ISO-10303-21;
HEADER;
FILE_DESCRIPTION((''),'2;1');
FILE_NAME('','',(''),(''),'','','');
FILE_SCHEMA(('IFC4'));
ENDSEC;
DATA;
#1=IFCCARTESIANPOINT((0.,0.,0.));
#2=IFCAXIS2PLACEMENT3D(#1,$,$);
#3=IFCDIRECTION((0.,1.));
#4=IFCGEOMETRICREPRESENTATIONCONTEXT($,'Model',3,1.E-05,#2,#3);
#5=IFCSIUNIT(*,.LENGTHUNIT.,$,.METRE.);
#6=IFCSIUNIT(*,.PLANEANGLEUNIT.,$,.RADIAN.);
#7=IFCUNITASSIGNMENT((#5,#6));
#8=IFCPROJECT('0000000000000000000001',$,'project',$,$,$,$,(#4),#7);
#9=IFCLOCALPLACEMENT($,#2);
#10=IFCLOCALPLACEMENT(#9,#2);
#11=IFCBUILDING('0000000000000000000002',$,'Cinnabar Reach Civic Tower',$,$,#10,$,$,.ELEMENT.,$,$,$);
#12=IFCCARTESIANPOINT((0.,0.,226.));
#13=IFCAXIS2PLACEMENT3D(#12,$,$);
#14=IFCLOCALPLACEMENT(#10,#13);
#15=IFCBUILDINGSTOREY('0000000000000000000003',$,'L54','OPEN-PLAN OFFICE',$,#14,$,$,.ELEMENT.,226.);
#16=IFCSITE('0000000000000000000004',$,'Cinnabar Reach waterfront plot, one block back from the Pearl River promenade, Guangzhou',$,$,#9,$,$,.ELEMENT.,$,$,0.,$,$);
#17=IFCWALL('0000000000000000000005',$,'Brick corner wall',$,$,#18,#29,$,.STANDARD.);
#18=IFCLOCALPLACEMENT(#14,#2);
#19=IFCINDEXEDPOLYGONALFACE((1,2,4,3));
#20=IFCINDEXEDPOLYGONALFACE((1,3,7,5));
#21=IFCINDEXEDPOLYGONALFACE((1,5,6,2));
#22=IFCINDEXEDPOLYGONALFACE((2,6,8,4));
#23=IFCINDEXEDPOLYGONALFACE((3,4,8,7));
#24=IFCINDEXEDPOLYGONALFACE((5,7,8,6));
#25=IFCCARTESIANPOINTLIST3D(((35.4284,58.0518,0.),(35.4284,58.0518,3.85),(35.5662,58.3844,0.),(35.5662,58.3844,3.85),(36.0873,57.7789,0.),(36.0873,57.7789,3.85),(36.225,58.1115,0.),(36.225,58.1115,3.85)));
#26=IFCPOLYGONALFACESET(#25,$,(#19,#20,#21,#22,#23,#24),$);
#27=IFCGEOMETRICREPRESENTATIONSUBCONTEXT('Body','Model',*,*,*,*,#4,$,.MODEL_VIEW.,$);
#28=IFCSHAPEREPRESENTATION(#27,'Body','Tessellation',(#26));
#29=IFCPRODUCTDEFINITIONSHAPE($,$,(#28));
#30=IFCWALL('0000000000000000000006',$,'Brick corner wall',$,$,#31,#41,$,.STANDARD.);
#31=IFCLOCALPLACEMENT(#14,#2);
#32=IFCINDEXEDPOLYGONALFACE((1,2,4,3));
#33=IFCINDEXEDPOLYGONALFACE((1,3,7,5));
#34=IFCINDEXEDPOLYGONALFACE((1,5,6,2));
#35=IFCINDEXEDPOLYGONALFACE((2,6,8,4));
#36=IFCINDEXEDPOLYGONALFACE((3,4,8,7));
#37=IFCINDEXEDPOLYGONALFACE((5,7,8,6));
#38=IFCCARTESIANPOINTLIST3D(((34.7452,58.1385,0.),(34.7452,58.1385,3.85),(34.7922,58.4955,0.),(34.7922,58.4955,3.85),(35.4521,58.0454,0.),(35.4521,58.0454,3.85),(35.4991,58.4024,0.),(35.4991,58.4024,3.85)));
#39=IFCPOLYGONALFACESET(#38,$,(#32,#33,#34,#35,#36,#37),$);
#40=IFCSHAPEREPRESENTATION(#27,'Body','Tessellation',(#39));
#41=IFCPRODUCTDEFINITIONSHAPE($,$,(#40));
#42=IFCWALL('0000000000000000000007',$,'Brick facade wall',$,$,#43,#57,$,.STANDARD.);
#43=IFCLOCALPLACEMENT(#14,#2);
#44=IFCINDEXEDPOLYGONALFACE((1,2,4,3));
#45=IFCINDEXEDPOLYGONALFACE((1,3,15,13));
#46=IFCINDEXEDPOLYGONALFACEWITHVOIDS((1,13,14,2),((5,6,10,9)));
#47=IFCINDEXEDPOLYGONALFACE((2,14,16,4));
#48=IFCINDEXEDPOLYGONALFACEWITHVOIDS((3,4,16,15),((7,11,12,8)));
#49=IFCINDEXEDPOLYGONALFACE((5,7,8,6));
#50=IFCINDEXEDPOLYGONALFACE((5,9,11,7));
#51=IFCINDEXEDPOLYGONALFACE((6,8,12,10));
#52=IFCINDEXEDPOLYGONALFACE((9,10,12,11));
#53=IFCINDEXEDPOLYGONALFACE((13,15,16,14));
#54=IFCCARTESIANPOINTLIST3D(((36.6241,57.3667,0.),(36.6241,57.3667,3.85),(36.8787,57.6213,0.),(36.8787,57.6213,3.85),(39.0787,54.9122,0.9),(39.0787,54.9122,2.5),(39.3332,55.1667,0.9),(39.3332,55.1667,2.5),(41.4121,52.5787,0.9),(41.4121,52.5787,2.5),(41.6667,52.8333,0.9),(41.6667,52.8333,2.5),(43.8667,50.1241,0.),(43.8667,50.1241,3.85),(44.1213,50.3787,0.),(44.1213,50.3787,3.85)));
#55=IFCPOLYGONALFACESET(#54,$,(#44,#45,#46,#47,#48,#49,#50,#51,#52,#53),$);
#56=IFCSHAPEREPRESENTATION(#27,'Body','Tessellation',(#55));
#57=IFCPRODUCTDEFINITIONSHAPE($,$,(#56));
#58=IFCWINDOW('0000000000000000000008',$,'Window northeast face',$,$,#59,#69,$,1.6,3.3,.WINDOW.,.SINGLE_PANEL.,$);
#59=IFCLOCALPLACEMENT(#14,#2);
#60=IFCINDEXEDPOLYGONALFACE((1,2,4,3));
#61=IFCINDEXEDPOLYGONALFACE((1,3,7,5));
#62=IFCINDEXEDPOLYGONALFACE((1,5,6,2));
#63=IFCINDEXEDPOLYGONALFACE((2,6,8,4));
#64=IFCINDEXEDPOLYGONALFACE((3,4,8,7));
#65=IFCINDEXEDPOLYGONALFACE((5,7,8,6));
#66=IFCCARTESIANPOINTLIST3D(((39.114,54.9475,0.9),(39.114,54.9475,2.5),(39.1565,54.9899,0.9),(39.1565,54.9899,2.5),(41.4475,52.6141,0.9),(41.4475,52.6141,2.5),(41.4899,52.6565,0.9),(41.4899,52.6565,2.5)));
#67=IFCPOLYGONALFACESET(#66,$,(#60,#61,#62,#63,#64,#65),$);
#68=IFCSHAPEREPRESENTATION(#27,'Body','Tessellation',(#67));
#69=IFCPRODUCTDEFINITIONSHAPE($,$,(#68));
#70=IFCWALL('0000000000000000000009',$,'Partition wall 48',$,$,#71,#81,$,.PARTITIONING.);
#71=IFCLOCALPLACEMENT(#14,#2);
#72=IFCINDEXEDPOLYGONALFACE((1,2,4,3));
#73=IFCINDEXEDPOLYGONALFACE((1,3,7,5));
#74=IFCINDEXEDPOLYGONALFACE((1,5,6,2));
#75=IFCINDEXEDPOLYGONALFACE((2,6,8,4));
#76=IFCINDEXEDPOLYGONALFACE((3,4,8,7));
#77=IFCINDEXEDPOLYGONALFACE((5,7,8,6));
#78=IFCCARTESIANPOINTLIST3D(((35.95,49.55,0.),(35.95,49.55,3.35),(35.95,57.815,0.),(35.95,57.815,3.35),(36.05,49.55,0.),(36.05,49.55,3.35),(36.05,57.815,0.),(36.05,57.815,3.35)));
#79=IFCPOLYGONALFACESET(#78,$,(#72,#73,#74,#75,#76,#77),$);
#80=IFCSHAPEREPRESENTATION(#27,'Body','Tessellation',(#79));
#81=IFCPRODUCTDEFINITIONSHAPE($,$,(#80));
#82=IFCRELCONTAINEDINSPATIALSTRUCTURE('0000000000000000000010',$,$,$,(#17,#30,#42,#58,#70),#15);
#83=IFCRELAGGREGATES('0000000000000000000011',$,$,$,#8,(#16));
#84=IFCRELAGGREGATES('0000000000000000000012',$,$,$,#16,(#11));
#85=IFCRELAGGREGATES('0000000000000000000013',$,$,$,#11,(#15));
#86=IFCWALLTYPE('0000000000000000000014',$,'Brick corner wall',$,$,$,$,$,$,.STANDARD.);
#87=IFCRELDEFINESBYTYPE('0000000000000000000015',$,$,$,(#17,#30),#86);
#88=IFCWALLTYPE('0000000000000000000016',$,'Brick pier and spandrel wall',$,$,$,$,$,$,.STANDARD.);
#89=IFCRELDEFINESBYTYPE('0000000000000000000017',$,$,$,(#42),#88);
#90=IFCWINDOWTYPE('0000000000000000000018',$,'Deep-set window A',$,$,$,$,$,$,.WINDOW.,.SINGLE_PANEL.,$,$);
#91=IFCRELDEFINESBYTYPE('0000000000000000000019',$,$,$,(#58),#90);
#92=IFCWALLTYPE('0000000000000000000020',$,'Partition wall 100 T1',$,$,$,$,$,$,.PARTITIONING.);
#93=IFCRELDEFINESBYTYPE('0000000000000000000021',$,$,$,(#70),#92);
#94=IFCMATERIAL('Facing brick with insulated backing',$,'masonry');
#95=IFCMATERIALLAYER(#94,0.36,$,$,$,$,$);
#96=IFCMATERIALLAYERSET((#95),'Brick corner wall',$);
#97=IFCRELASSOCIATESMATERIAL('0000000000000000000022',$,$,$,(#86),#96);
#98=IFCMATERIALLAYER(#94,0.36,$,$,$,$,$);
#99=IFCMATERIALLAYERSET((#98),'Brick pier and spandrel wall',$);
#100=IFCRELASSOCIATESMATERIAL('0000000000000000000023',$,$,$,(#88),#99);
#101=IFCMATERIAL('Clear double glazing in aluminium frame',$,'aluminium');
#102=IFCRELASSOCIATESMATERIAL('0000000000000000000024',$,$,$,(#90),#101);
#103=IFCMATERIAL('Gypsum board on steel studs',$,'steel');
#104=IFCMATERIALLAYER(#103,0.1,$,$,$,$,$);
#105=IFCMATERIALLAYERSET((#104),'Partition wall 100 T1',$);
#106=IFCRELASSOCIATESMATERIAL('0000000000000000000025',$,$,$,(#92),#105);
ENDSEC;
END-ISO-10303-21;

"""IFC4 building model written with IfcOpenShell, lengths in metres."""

from ifc_helpers import new_model, si_unit, direction, frame, frame_2d, origin, place, context, subcontext, project, spatial, rectangle, extrude, material, layer, layer_set, type_object, element, fill, save


model = new_model("IFC4")

# Units and contexts
model_context = context("Model", 3, precision=1e-05, world=origin(), true_north=direction((0.0, 1.0)))
body_context = subcontext(model_context, "Body", "Model", "MODEL_VIEW")
ifc_project = project(units=[si_unit("LENGTHUNIT", "METRE"), si_unit("PLANEANGLEUNIT", "RADIAN")], contexts=[model_context])

# Site, building, storey
site_placement = place(None, origin())
site = spatial("IfcSite", under=ifc_project, at=site_placement, Name="Cinnabar Reach waterfront plot, one block back from the Pearl River promenade, Guangzhou", CompositionType="ELEMENT", RefElevation=0.0)
building_placement = place(site_placement, origin())
building = spatial("IfcBuilding", under=site, at=building_placement, Name="Cinnabar Reach Civic Tower", CompositionType="ELEMENT")
storey_placement = place(building_placement, frame((0.0, 0.0, 226.0)))
storey = spatial("IfcBuildingStorey", under=building, at=storey_placement, Name="L54", Description="OPEN-PLAN OFFICE", CompositionType="ELEMENT", Elevation=226.0)

# Walls
ifc_material_1 = material(Name="Facing brick with insulated backing", Category="masonry")
ifc_layer_1 = layer(ifc_material_1, 0.36)
ifc_layer_set_1 = layer_set([ifc_layer_1], Name="Brick corner wall")
wall_type_1 = type_object("IfcWallType", Name="Brick corner wall", PredefinedType="STANDARD", material=ifc_layer_set_1)
for number, where, z_axis, x_axis, name in (
    (1, (36.1561, 57.9452, 0.0), (0.0, 0.0, 1.0), (-0.923872, 0.382703, 0.0), "Brick corner wall"),
    (2, (35.4756, 58.2239, 0.0), (0.0, 0.0, 1.0), (-0.991441, 0.130556, 0.0), "Brick corner wall"),
):
    element("IfcWall", number, at=place(storey_placement, frame(where, z_axis=z_axis, x_axis=x_axis)), inside=storey, type_object=wall_type_1, Name=name, PredefinedType="STANDARD", context=body_context, shape_type="SweptSolid", body=[
        extrude(rectangle(XDim=0.7131, YDim=0.36, at=frame_2d((0.3565, 0.0))), origin(), (0.0, 0.0, 1.0), 3.85),
    ])

# Wall, opening, window
ifc_layer_2 = layer(ifc_material_1, 0.36)
ifc_layer_set_2 = layer_set([ifc_layer_2], Name="Brick pier and spandrel wall")
wall_type_2 = type_object("IfcWallType", Name="Brick pier and spandrel wall", PredefinedType="STANDARD", material=ifc_layer_set_2)
wall_1_placement = place(storey_placement, frame((43.994, 50.2514, 0.0), z_axis=(0.0, 0.0, 1.0), x_axis=(-0.707107, 0.707107, 0.0)))
wall_1 = element("IfcWall", 3, at=wall_1_placement, inside=storey, type_object=wall_type_2, Name="Brick facade wall", PredefinedType="STANDARD", context=body_context, shape_type="SweptSolid", body=[
    extrude(rectangle(XDim=10.2426, YDim=0.36, at=frame_2d((5.1213, 0.0))), origin(), (0.0, 0.0, 1.0), 3.85),
])
opening_placement = place(wall_1_placement, frame((3.4713, 0.0, 0.9)))
opening = element("IfcOpeningElement", 4, at=opening_placement, cuts=wall_1, PredefinedType="OPENING", context=body_context, shape_type="SweptSolid", body=[
    extrude(rectangle(XDim=3.3, YDim=1.6, at=frame_2d((1.65, 0.8))), frame((0.0, 0.19, 0.0), z_axis=(0.0, -1.0, 0.0), x_axis=(1.0, 0.0, 0.0)), (0.0, 0.0, 1.0), 0.38),
])
ifc_material_2 = material(Name="Clear double glazing in aluminium frame", Category="aluminium")
window_type = type_object("IfcWindowType", Name="Deep-set window A", PartitioningType="SINGLE_PANEL", PredefinedType="WINDOW", material=ifc_material_2)
window_placement = place(opening_placement, origin())
window = element("IfcWindow", 5, at=window_placement, inside=storey, type_object=window_type, Name="Window northeast face", OverallHeight=1.6, OverallWidth=3.3, PartitioningType="SINGLE_PANEL", PredefinedType="WINDOW", context=body_context, shape_type="SweptSolid", body=[
    extrude(rectangle(XDim=3.3, YDim=1.6, at=frame_2d((1.65, 0.8))), frame((0.0, 0.13, 0.0), z_axis=(0.0, -1.0, 0.0), x_axis=(1.0, 0.0, 0.0)), (0.0, 0.0, 1.0), 0.06),
])
fill(opening, window)

# Wall
ifc_material_3 = material(Name="Gypsum board on steel studs", Category="steel")
ifc_layer_3 = layer(ifc_material_3, 0.1)
ifc_layer_set_3 = layer_set([ifc_layer_3], Name="Partition wall 100 T1")
wall_type_3 = type_object("IfcWallType", Name="Partition wall 100 T1", PredefinedType="PARTITIONING", material=ifc_layer_set_3)
wall_2_placement = place(storey_placement, frame((36.0, 49.55, 0.0), z_axis=(0.0, 0.0, 1.0), x_axis=(0.0, 1.0, 0.0)))
element("IfcWall", 6, at=wall_2_placement, inside=storey, type_object=wall_type_3, Name="Partition wall 48", PredefinedType="PARTITIONING", context=body_context, shape_type="SweptSolid", body=[
    extrude(rectangle(XDim=8.265, YDim=0.1, at=frame_2d((4.1325, 0.0))), origin(), (0.0, 0.0, 1.0), 3.35),
])

save(model, "model.ifc")
